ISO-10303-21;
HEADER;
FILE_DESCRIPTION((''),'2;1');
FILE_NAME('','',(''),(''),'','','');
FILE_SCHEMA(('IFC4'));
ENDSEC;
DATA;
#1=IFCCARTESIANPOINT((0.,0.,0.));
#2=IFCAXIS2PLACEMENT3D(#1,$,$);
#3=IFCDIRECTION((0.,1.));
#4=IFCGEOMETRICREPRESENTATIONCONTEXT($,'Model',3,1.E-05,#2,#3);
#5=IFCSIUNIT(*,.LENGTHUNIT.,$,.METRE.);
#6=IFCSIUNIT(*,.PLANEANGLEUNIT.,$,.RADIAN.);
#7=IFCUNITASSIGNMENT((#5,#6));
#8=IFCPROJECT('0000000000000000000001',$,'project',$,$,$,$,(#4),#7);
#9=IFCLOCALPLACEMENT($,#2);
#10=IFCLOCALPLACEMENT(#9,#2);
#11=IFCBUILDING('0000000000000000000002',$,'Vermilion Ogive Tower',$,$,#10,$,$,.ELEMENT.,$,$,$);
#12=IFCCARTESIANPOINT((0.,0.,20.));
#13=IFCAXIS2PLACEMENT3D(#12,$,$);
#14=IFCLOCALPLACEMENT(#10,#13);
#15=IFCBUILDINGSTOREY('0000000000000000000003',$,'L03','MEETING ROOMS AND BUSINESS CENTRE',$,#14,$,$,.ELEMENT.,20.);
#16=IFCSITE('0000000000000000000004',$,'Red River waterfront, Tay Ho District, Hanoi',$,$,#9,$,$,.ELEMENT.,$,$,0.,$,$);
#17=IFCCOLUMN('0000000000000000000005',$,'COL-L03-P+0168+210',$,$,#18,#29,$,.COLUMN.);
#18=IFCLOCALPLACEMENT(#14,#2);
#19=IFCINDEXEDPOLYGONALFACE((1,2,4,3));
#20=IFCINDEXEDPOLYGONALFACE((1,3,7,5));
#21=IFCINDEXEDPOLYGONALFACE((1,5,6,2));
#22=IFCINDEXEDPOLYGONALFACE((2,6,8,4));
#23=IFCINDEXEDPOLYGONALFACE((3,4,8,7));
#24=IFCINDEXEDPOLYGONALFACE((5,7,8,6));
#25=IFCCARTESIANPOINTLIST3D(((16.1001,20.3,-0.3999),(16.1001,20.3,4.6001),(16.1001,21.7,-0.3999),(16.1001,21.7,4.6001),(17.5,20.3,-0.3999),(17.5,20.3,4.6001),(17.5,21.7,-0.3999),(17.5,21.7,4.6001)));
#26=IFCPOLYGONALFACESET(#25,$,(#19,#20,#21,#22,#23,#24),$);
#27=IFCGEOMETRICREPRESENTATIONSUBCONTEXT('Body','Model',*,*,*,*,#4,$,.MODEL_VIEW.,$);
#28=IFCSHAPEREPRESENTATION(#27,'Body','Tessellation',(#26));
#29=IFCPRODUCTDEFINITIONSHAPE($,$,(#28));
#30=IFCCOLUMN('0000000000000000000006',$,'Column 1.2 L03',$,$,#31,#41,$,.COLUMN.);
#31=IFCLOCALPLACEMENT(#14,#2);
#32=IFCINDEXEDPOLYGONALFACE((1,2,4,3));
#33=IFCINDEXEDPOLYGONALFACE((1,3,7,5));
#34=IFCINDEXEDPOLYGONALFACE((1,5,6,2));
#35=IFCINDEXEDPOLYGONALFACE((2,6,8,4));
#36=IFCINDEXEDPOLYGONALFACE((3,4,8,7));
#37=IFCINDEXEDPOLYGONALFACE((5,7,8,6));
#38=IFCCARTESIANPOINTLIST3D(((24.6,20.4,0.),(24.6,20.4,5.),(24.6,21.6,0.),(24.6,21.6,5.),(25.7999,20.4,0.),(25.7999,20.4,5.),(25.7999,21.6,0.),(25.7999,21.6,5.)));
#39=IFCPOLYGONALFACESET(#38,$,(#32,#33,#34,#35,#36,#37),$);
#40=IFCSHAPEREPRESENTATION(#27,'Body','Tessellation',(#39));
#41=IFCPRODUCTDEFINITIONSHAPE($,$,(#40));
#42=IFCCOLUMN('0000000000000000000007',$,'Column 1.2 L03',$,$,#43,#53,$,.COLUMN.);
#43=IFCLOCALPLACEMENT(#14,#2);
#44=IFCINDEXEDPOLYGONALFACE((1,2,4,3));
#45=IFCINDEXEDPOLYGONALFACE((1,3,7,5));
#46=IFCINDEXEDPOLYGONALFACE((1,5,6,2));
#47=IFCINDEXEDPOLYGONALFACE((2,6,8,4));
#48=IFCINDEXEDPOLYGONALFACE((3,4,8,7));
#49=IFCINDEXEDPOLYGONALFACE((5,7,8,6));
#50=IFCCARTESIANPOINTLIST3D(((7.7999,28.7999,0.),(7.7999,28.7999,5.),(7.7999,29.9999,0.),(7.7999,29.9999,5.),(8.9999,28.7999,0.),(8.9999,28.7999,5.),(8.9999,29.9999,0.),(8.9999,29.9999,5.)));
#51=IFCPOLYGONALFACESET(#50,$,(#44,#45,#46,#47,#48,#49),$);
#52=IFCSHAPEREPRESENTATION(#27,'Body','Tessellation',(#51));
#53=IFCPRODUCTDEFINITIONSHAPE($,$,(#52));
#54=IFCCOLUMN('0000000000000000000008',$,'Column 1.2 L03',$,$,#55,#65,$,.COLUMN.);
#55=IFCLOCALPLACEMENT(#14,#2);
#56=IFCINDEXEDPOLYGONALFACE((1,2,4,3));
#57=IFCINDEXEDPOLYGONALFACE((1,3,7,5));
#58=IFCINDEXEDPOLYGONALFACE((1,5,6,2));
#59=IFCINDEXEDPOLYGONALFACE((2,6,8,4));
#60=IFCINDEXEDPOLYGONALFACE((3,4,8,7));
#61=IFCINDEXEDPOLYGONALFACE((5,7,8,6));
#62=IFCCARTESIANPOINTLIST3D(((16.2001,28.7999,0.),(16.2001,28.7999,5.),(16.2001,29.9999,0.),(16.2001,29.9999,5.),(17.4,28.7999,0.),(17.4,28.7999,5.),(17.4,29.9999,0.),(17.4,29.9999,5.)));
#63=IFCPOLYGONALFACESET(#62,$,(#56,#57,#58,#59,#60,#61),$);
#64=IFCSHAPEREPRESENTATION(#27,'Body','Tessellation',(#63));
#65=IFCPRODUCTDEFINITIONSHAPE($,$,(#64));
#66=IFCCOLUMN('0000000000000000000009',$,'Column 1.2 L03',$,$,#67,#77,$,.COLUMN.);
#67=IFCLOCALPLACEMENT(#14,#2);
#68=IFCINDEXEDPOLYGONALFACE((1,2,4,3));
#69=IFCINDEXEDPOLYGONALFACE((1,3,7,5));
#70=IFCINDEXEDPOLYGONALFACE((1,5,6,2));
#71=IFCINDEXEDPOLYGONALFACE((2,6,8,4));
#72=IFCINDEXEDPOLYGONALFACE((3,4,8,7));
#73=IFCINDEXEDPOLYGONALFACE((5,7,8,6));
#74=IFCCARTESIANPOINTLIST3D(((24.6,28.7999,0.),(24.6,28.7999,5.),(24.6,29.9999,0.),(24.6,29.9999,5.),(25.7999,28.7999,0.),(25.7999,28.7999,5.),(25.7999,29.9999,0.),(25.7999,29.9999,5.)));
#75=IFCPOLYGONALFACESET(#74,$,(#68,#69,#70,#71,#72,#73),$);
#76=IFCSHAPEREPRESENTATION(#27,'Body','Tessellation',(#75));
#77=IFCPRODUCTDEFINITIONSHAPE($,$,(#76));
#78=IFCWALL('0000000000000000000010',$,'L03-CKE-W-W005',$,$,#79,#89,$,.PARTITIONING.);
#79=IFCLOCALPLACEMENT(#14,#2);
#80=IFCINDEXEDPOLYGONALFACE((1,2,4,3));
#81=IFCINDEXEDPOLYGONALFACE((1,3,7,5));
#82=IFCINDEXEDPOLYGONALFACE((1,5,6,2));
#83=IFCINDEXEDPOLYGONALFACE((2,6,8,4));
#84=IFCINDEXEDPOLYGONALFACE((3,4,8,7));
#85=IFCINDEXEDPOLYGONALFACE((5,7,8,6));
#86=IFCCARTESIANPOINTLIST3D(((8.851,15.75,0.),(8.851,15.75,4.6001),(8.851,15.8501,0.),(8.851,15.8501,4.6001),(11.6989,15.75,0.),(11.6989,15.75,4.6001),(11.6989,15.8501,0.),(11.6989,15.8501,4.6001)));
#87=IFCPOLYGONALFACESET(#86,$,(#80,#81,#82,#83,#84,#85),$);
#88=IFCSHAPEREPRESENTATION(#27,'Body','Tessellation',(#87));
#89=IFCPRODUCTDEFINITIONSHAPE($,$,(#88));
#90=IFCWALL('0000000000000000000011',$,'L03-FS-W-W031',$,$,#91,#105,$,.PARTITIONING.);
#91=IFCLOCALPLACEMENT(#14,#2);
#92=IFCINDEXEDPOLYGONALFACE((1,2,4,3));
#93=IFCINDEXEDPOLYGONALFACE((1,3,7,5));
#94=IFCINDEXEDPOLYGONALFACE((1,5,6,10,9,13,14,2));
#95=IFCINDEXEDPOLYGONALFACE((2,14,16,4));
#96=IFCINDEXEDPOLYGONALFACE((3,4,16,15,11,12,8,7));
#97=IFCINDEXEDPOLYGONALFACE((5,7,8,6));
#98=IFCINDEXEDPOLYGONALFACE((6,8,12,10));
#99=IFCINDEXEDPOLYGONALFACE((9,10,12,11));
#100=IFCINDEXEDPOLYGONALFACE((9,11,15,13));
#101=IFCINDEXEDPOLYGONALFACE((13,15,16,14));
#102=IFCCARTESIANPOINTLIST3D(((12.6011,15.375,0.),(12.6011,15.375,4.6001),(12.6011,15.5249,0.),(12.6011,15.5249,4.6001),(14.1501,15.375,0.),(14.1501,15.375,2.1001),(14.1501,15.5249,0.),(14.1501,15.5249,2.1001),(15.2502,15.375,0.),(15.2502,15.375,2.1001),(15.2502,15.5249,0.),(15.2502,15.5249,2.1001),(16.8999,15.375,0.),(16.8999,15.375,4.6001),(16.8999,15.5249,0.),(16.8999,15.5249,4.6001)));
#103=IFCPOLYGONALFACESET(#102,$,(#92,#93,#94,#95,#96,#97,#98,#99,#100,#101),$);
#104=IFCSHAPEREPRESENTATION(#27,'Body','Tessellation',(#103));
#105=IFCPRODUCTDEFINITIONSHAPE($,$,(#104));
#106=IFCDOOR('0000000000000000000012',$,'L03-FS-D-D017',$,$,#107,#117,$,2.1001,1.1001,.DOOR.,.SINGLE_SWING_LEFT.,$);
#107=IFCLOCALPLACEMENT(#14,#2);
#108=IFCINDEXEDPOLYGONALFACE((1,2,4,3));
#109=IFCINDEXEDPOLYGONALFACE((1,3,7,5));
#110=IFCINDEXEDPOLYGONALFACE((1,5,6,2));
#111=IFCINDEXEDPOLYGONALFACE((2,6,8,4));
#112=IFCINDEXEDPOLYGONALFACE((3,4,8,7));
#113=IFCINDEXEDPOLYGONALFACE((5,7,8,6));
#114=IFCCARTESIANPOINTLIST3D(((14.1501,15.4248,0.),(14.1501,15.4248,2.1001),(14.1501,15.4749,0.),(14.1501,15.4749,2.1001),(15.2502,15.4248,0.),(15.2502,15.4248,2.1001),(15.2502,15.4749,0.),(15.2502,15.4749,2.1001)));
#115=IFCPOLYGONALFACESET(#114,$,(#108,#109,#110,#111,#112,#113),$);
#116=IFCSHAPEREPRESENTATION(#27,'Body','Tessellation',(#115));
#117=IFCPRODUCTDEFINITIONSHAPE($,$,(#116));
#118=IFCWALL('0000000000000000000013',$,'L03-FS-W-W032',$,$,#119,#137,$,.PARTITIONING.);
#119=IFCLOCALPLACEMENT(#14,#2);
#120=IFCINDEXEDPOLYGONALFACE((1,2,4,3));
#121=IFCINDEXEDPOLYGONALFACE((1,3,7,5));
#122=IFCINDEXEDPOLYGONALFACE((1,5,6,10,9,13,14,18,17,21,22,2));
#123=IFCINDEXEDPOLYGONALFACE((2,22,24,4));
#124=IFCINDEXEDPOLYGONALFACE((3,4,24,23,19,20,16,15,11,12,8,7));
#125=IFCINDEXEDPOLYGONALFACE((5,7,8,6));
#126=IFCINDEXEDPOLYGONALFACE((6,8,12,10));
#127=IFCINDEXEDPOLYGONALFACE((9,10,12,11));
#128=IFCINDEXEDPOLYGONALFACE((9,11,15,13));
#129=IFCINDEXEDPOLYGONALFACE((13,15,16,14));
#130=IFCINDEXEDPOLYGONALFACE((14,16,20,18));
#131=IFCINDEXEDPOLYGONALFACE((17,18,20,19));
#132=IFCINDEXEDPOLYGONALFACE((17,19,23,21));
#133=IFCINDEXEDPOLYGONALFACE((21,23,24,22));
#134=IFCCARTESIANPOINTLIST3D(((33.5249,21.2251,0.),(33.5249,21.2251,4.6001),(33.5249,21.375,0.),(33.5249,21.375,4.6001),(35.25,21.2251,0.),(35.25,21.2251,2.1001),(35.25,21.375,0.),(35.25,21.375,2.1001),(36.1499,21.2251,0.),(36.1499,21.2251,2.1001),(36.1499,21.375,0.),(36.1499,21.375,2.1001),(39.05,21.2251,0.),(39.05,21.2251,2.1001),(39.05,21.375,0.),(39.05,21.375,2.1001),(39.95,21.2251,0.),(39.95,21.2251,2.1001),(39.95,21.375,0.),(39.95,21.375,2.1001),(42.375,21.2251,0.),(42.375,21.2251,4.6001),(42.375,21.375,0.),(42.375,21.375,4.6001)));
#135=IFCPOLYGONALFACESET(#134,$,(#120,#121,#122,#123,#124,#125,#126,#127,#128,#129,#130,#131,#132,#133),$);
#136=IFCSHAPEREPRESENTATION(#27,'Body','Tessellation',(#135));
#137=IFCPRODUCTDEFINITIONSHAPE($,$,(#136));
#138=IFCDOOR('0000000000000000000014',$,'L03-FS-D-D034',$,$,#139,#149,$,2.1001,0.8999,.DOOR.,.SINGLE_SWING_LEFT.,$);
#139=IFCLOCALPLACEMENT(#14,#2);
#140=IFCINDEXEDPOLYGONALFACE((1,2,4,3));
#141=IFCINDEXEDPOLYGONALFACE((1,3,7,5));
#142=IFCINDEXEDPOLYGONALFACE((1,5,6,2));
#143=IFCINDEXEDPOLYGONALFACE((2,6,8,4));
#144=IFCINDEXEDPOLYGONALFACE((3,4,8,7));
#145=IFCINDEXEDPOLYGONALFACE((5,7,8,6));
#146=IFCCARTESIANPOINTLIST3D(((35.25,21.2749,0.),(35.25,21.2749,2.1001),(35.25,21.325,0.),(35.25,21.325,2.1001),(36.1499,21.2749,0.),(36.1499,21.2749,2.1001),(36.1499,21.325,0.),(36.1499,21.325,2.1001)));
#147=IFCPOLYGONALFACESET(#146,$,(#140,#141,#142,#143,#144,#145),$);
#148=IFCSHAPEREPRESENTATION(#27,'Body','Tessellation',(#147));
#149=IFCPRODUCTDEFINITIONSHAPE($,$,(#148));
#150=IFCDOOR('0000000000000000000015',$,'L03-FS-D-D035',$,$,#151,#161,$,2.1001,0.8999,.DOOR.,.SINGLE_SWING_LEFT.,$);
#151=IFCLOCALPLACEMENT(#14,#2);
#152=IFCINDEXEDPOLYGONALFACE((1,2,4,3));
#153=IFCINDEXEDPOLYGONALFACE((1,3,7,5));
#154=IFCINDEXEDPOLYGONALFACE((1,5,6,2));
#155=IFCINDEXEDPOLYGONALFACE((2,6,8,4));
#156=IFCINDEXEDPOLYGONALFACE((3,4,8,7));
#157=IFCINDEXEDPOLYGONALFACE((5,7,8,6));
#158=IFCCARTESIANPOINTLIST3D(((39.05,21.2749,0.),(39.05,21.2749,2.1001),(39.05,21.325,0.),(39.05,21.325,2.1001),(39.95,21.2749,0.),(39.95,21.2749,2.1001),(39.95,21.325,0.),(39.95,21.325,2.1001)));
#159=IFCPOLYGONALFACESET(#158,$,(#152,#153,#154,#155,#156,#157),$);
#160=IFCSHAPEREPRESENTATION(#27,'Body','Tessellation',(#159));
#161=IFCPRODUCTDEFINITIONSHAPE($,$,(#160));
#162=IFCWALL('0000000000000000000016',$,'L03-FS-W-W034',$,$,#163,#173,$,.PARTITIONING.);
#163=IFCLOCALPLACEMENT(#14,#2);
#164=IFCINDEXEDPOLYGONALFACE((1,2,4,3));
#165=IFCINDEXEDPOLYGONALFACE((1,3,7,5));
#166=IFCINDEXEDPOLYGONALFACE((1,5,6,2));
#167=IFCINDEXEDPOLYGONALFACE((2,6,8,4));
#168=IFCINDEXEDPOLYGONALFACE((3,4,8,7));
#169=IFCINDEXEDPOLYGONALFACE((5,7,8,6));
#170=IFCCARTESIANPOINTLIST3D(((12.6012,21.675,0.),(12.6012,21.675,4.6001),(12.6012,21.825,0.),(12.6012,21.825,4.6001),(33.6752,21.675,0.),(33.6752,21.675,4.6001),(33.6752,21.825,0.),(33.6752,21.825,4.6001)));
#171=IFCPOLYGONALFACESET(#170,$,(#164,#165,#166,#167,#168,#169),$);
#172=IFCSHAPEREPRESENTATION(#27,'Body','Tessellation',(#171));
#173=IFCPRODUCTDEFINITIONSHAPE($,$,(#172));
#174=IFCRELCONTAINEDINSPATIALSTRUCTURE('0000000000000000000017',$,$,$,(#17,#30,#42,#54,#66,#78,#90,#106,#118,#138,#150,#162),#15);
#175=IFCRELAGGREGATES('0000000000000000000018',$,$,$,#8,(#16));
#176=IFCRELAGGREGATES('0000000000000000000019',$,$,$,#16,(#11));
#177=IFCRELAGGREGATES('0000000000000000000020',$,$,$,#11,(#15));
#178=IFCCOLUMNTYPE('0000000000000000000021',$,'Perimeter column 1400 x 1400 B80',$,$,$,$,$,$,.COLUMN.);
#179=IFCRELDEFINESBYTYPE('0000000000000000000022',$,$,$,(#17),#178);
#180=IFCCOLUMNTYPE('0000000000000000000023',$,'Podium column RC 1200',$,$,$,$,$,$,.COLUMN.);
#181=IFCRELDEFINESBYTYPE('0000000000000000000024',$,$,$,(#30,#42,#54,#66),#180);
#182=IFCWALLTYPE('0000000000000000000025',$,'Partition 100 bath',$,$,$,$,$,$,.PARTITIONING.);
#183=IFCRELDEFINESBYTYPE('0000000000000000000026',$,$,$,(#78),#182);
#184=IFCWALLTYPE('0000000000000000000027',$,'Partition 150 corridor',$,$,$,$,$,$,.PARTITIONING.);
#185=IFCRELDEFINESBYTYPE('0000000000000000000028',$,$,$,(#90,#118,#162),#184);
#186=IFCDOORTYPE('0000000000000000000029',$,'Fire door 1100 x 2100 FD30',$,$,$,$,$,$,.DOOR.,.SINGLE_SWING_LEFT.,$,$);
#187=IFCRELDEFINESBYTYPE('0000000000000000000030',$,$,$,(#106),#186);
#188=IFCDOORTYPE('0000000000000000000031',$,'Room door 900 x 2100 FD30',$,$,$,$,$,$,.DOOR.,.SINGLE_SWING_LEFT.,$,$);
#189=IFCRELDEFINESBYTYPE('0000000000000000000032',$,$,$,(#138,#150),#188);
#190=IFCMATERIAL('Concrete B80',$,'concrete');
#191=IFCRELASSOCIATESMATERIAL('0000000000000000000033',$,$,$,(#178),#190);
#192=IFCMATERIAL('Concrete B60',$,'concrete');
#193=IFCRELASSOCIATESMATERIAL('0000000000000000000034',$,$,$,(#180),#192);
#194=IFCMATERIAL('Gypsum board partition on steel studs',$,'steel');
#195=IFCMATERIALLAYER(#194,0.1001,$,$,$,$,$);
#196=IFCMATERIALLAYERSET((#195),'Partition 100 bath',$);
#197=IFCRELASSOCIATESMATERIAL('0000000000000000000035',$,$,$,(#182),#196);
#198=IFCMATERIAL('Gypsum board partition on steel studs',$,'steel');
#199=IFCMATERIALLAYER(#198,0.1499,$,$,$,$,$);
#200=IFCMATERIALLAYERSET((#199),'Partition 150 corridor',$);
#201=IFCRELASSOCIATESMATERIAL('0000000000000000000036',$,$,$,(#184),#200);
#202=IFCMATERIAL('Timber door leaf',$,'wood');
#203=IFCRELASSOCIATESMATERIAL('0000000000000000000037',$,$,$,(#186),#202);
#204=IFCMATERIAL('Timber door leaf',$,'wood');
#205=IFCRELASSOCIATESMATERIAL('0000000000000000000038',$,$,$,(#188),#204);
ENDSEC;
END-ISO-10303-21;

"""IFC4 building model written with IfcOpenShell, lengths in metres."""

from ifc_helpers import new_model, si_unit, direction, frame, frame_2d, origin, origin_2d, place, context, subcontext, project, spatial, rectangle, extrude, material, layer, layer_set, material_profile, profile_set, type_object, element, fill, save


model = new_model("IFC4")

# Units and contexts
model_context = context("Model", 3, precision=1e-05, world=origin(), true_north=direction((0.0, 1.0)))
body_context = subcontext(model_context, "Body", "Model", "MODEL_VIEW")
ifc_project = project(units=[si_unit("LENGTHUNIT", "METRE"), si_unit("PLANEANGLEUNIT", "RADIAN")], contexts=[model_context])

# Site, building, storey
site_placement = place(None, origin())
site = spatial("IfcSite", under=ifc_project, at=site_placement, Name="Red River waterfront, Tay Ho District, Hanoi", CompositionType="ELEMENT", RefElevation=0.0)
building_placement = place(site_placement, origin())
building = spatial("IfcBuilding", under=site, at=building_placement, Name="Vermilion Ogive Tower", CompositionType="ELEMENT")
storey_placement = place(building_placement, frame((0.0, 0.0, 20.0)))
storey = spatial("IfcBuildingStorey", under=building, at=storey_placement, Name="L03", Description="MEETING ROOMS AND BUSINESS CENTRE", CompositionType="ELEMENT", Elevation=20.0)

# Columns
ifc_material_1 = material(Name="Concrete B80", Category="concrete")
ifc_material_profile_1 = material_profile(ifc_material_1, rectangle(XDim=1.3999, YDim=1.3999, at=origin_2d()), Name="1400 x 1400")
ifc_profile_set_1 = profile_set([ifc_material_profile_1], Name="Concrete B80")
column_type_1 = type_object("IfcColumnType", Name="Perimeter column 1400 x 1400 B80", PredefinedType="COLUMN", material=ifc_profile_set_1)
column_placement = place(storey_placement, frame((16.8, 21.0, -0.3999), z_axis=(0.0, 0.0, 1.0), x_axis=(1.0, 0.0, 0.0)))
element("IfcColumn", 1, at=column_placement, inside=storey, type_object=column_type_1, Name="COL-L03-P+0168+210", PredefinedType="COLUMN", context=body_context, shape_type="SweptSolid", body=[
    extrude(rectangle(XDim=1.3999, YDim=1.3999, at=origin_2d()), origin(), (0.0, 0.0, 1.0), 5.0),
])
ifc_material_2 = material(Name="Concrete B60", Category="concrete")
ifc_material_profile_2 = material_profile(ifc_material_2, rectangle(XDim=1.2, YDim=1.2, at=origin_2d()), Name="RC 1200x1200")
ifc_profile_set_2 = profile_set([ifc_material_profile_2], Name="Concrete B60")
column_type_2 = type_object("IfcColumnType", Name="Podium column RC 1200", PredefinedType="COLUMN", material=ifc_profile_set_2)
for number, where, z_axis, x_axis, name in (
    (2, (25.2, 21.0, 0.0), (0.0, 0.0, 1.0), (1.0, 0.0, 0.0), "Column 1.2 L03"),
    (3, (8.3999, 29.3999, 0.0), (0.0, 0.0, 1.0), (1.0, 0.0, 0.0), "Column 1.2 L03"),
    (4, (16.8, 29.3999, 0.0), (0.0, 0.0, 1.0), (1.0, 0.0, 0.0), "Column 1.2 L03"),
    (5, (25.2, 29.3999, 0.0), (0.0, 0.0, 1.0), (1.0, 0.0, 0.0), "Column 1.2 L03"),
):
    element("IfcColumn", number, at=place(storey_placement, frame(where, z_axis=z_axis, x_axis=x_axis)), inside=storey, type_object=column_type_2, Name=name, PredefinedType="COLUMN", context=body_context, shape_type="SweptSolid", body=[
        extrude(rectangle(XDim=1.2, YDim=1.2, at=origin_2d()), origin(), (0.0, 0.0, 1.0), 5.0),
    ])

# Wall
ifc_material_3 = material(Name="Gypsum board partition on steel studs", Category="steel")
ifc_layer_1 = layer(ifc_material_3, 0.1001)
ifc_layer_set_1 = layer_set([ifc_layer_1], Name="Partition 100 bath")
wall_type_1 = type_object("IfcWallType", Name="Partition 100 bath", PredefinedType="PARTITIONING", material=ifc_layer_set_1)
wall_1_placement = place(storey_placement, frame((8.8511, 15.8, 0.0), z_axis=(0.0, 0.0, 1.0), x_axis=(1.0, 0.0, 0.0)))
element("IfcWall", 6, at=wall_1_placement, inside=storey, type_object=wall_type_1, Name="L03-CKE-W-W005", PredefinedType="PARTITIONING", context=body_context, shape_type="SweptSolid", body=[
    extrude(rectangle(XDim=2.8479, YDim=0.1001, at=frame_2d((1.4238, 0.0))), origin(), (0.0, 0.0, 1.0), 4.6001),
])

# Wall, opening, door
ifc_material_4 = material(Name="Gypsum board partition on steel studs", Category="steel")
ifc_layer_2 = layer(ifc_material_4, 0.1499)
ifc_layer_set_2 = layer_set([ifc_layer_2], Name="Partition 150 corridor")
wall_type_2 = type_object("IfcWallType", Name="Partition 150 corridor", PredefinedType="PARTITIONING", material=ifc_layer_set_2)
wall_2_placement = place(storey_placement, frame((12.6011, 15.45, 0.0), z_axis=(0.0, 0.0, 1.0), x_axis=(1.0, 0.0, 0.0)))
wall_2 = element("IfcWall", 7, at=wall_2_placement, inside=storey, type_object=wall_type_2, Name="L03-FS-W-W031", PredefinedType="PARTITIONING", context=body_context, shape_type="SweptSolid", body=[
    extrude(rectangle(XDim=4.2988, YDim=0.1499, at=frame_2d((2.1494, 0.0))), origin(), (0.0, 0.0, 1.0), 4.6001),
])
opening_1_placement = place(wall_2_placement, frame((1.5491, 0.0, 0.0)))
opening_1 = element("IfcOpeningElement", 8, at=opening_1_placement, cuts=wall_2, PredefinedType="OPENING", context=body_context, shape_type="SweptSolid", body=[
    extrude(rectangle(XDim=1.1001, YDim=2.1001, at=frame_2d((0.55, 1.05))), frame((0.0, 0.085, 0.0), z_axis=(0.0, -1.0, 0.0), x_axis=(1.0, 0.0, 0.0)), (0.0, 0.0, 1.0), 0.1699),
])
ifc_material_5 = material(Name="Timber door leaf", Category="wood")
door_type_1 = type_object("IfcDoorType", Name="Fire door 1100 x 2100 FD30", OperationType="SINGLE_SWING_LEFT", PredefinedType="DOOR", material=ifc_material_5)
door_1_placement = place(opening_1_placement, origin())
door_1 = element("IfcDoor", 9, at=door_1_placement, inside=storey, type_object=door_type_1, Name="L03-FS-D-D017", OperationType="SINGLE_SWING_LEFT", OverallHeight=2.1001, OverallWidth=1.1001, PredefinedType="DOOR", context=body_context, shape_type="SweptSolid", body=[
    extrude(rectangle(XDim=1.1001, YDim=2.1001, at=frame_2d((0.55, 1.05))), frame((0.0, 0.0249, 0.0), z_axis=(0.0, -1.0, 0.0), x_axis=(1.0, 0.0, 0.0)), (0.0, 0.0, 1.0), 0.05),
])
fill(opening_1, door_1)

# Wall, openings, doors
wall_3_placement = place(storey_placement, frame((33.5249, 21.3, 0.0), z_axis=(0.0, 0.0, 1.0), x_axis=(1.0, 0.0, 0.0)))
wall_3 = element("IfcWall", 10, at=wall_3_placement, inside=storey, type_object=wall_type_2, Name="L03-FS-W-W032", PredefinedType="PARTITIONING", context=body_context, shape_type="SweptSolid", body=[
    extrude(rectangle(XDim=8.8501, YDim=0.1499, at=frame_2d((4.425, 0.0))), origin(), (0.0, 0.0, 1.0), 4.6001),
])
opening_2_placement = place(wall_3_placement, frame((1.7251, 0.0, 0.0)))
opening_2 = element("IfcOpeningElement", 11, at=opening_2_placement, cuts=wall_3, PredefinedType="OPENING", context=body_context, shape_type="SweptSolid", body=[
    extrude(rectangle(XDim=0.8999, YDim=2.1001, at=frame_2d((0.45, 1.05))), frame((0.0, 0.085, 0.0), z_axis=(0.0, -1.0, 0.0), x_axis=(1.0, 0.0, 0.0)), (0.0, 0.0, 1.0), 0.1699),
])
opening_3_placement = place(wall_3_placement, frame((5.5251, 0.0, 0.0)))
opening_3 = element("IfcOpeningElement", 12, at=opening_3_placement, cuts=wall_3, PredefinedType="OPENING", context=body_context, shape_type="SweptSolid", body=[
    extrude(rectangle(XDim=0.8999, YDim=2.1001, at=frame_2d((0.45, 1.05))), frame((0.0, 0.085, 0.0), z_axis=(0.0, -1.0, 0.0), x_axis=(1.0, 0.0, 0.0)), (0.0, 0.0, 1.0), 0.1699),
])
ifc_material_6 = material(Name="Timber door leaf", Category="wood")
door_type_2 = type_object("IfcDoorType", Name="Room door 900 x 2100 FD30", OperationType="SINGLE_SWING_LEFT", PredefinedType="DOOR", material=ifc_material_6)
door_2_placement = place(opening_2_placement, origin())
door_2 = element("IfcDoor", 13, at=door_2_placement, inside=storey, type_object=door_type_2, Name="L03-FS-D-D034", OperationType="SINGLE_SWING_LEFT", OverallHeight=2.1001, OverallWidth=0.8999, PredefinedType="DOOR", context=body_context, shape_type="SweptSolid", body=[
    extrude(rectangle(XDim=0.8999, YDim=2.1001, at=frame_2d((0.45, 1.05))), frame((0.0, 0.0249, 0.0), z_axis=(0.0, -1.0, 0.0), x_axis=(1.0, 0.0, 0.0)), (0.0, 0.0, 1.0), 0.05),
])
fill(opening_2, door_2)
door_3_placement = place(opening_3_placement, origin())
door_3 = element("IfcDoor", 14, at=door_3_placement, inside=storey, type_object=door_type_2, Name="L03-FS-D-D035", OperationType="SINGLE_SWING_LEFT", OverallHeight=2.1001, OverallWidth=0.8999, PredefinedType="DOOR", context=body_context, shape_type="SweptSolid", body=[
    extrude(rectangle(XDim=0.8999, YDim=2.1001, at=frame_2d((0.45, 1.05))), frame((0.0, 0.0249, 0.0), z_axis=(0.0, -1.0, 0.0), x_axis=(1.0, 0.0, 0.0)), (0.0, 0.0, 1.0), 0.05),
])
fill(opening_3, door_3)

# Wall
wall_4_placement = place(storey_placement, frame((12.6011, 21.75, 0.0), z_axis=(0.0, 0.0, 1.0), x_axis=(1.0, 0.0, 0.0)))
element("IfcWall", 15, at=wall_4_placement, inside=storey, type_object=wall_type_2, Name="L03-FS-W-W034", PredefinedType="PARTITIONING", context=body_context, shape_type="SweptSolid", body=[
    extrude(rectangle(XDim=21.074, YDim=0.1499, at=frame_2d((10.5371, 0.0))), origin(), (0.0, 0.0, 1.0), 4.6001),
])

save(model, "model.ifc")
